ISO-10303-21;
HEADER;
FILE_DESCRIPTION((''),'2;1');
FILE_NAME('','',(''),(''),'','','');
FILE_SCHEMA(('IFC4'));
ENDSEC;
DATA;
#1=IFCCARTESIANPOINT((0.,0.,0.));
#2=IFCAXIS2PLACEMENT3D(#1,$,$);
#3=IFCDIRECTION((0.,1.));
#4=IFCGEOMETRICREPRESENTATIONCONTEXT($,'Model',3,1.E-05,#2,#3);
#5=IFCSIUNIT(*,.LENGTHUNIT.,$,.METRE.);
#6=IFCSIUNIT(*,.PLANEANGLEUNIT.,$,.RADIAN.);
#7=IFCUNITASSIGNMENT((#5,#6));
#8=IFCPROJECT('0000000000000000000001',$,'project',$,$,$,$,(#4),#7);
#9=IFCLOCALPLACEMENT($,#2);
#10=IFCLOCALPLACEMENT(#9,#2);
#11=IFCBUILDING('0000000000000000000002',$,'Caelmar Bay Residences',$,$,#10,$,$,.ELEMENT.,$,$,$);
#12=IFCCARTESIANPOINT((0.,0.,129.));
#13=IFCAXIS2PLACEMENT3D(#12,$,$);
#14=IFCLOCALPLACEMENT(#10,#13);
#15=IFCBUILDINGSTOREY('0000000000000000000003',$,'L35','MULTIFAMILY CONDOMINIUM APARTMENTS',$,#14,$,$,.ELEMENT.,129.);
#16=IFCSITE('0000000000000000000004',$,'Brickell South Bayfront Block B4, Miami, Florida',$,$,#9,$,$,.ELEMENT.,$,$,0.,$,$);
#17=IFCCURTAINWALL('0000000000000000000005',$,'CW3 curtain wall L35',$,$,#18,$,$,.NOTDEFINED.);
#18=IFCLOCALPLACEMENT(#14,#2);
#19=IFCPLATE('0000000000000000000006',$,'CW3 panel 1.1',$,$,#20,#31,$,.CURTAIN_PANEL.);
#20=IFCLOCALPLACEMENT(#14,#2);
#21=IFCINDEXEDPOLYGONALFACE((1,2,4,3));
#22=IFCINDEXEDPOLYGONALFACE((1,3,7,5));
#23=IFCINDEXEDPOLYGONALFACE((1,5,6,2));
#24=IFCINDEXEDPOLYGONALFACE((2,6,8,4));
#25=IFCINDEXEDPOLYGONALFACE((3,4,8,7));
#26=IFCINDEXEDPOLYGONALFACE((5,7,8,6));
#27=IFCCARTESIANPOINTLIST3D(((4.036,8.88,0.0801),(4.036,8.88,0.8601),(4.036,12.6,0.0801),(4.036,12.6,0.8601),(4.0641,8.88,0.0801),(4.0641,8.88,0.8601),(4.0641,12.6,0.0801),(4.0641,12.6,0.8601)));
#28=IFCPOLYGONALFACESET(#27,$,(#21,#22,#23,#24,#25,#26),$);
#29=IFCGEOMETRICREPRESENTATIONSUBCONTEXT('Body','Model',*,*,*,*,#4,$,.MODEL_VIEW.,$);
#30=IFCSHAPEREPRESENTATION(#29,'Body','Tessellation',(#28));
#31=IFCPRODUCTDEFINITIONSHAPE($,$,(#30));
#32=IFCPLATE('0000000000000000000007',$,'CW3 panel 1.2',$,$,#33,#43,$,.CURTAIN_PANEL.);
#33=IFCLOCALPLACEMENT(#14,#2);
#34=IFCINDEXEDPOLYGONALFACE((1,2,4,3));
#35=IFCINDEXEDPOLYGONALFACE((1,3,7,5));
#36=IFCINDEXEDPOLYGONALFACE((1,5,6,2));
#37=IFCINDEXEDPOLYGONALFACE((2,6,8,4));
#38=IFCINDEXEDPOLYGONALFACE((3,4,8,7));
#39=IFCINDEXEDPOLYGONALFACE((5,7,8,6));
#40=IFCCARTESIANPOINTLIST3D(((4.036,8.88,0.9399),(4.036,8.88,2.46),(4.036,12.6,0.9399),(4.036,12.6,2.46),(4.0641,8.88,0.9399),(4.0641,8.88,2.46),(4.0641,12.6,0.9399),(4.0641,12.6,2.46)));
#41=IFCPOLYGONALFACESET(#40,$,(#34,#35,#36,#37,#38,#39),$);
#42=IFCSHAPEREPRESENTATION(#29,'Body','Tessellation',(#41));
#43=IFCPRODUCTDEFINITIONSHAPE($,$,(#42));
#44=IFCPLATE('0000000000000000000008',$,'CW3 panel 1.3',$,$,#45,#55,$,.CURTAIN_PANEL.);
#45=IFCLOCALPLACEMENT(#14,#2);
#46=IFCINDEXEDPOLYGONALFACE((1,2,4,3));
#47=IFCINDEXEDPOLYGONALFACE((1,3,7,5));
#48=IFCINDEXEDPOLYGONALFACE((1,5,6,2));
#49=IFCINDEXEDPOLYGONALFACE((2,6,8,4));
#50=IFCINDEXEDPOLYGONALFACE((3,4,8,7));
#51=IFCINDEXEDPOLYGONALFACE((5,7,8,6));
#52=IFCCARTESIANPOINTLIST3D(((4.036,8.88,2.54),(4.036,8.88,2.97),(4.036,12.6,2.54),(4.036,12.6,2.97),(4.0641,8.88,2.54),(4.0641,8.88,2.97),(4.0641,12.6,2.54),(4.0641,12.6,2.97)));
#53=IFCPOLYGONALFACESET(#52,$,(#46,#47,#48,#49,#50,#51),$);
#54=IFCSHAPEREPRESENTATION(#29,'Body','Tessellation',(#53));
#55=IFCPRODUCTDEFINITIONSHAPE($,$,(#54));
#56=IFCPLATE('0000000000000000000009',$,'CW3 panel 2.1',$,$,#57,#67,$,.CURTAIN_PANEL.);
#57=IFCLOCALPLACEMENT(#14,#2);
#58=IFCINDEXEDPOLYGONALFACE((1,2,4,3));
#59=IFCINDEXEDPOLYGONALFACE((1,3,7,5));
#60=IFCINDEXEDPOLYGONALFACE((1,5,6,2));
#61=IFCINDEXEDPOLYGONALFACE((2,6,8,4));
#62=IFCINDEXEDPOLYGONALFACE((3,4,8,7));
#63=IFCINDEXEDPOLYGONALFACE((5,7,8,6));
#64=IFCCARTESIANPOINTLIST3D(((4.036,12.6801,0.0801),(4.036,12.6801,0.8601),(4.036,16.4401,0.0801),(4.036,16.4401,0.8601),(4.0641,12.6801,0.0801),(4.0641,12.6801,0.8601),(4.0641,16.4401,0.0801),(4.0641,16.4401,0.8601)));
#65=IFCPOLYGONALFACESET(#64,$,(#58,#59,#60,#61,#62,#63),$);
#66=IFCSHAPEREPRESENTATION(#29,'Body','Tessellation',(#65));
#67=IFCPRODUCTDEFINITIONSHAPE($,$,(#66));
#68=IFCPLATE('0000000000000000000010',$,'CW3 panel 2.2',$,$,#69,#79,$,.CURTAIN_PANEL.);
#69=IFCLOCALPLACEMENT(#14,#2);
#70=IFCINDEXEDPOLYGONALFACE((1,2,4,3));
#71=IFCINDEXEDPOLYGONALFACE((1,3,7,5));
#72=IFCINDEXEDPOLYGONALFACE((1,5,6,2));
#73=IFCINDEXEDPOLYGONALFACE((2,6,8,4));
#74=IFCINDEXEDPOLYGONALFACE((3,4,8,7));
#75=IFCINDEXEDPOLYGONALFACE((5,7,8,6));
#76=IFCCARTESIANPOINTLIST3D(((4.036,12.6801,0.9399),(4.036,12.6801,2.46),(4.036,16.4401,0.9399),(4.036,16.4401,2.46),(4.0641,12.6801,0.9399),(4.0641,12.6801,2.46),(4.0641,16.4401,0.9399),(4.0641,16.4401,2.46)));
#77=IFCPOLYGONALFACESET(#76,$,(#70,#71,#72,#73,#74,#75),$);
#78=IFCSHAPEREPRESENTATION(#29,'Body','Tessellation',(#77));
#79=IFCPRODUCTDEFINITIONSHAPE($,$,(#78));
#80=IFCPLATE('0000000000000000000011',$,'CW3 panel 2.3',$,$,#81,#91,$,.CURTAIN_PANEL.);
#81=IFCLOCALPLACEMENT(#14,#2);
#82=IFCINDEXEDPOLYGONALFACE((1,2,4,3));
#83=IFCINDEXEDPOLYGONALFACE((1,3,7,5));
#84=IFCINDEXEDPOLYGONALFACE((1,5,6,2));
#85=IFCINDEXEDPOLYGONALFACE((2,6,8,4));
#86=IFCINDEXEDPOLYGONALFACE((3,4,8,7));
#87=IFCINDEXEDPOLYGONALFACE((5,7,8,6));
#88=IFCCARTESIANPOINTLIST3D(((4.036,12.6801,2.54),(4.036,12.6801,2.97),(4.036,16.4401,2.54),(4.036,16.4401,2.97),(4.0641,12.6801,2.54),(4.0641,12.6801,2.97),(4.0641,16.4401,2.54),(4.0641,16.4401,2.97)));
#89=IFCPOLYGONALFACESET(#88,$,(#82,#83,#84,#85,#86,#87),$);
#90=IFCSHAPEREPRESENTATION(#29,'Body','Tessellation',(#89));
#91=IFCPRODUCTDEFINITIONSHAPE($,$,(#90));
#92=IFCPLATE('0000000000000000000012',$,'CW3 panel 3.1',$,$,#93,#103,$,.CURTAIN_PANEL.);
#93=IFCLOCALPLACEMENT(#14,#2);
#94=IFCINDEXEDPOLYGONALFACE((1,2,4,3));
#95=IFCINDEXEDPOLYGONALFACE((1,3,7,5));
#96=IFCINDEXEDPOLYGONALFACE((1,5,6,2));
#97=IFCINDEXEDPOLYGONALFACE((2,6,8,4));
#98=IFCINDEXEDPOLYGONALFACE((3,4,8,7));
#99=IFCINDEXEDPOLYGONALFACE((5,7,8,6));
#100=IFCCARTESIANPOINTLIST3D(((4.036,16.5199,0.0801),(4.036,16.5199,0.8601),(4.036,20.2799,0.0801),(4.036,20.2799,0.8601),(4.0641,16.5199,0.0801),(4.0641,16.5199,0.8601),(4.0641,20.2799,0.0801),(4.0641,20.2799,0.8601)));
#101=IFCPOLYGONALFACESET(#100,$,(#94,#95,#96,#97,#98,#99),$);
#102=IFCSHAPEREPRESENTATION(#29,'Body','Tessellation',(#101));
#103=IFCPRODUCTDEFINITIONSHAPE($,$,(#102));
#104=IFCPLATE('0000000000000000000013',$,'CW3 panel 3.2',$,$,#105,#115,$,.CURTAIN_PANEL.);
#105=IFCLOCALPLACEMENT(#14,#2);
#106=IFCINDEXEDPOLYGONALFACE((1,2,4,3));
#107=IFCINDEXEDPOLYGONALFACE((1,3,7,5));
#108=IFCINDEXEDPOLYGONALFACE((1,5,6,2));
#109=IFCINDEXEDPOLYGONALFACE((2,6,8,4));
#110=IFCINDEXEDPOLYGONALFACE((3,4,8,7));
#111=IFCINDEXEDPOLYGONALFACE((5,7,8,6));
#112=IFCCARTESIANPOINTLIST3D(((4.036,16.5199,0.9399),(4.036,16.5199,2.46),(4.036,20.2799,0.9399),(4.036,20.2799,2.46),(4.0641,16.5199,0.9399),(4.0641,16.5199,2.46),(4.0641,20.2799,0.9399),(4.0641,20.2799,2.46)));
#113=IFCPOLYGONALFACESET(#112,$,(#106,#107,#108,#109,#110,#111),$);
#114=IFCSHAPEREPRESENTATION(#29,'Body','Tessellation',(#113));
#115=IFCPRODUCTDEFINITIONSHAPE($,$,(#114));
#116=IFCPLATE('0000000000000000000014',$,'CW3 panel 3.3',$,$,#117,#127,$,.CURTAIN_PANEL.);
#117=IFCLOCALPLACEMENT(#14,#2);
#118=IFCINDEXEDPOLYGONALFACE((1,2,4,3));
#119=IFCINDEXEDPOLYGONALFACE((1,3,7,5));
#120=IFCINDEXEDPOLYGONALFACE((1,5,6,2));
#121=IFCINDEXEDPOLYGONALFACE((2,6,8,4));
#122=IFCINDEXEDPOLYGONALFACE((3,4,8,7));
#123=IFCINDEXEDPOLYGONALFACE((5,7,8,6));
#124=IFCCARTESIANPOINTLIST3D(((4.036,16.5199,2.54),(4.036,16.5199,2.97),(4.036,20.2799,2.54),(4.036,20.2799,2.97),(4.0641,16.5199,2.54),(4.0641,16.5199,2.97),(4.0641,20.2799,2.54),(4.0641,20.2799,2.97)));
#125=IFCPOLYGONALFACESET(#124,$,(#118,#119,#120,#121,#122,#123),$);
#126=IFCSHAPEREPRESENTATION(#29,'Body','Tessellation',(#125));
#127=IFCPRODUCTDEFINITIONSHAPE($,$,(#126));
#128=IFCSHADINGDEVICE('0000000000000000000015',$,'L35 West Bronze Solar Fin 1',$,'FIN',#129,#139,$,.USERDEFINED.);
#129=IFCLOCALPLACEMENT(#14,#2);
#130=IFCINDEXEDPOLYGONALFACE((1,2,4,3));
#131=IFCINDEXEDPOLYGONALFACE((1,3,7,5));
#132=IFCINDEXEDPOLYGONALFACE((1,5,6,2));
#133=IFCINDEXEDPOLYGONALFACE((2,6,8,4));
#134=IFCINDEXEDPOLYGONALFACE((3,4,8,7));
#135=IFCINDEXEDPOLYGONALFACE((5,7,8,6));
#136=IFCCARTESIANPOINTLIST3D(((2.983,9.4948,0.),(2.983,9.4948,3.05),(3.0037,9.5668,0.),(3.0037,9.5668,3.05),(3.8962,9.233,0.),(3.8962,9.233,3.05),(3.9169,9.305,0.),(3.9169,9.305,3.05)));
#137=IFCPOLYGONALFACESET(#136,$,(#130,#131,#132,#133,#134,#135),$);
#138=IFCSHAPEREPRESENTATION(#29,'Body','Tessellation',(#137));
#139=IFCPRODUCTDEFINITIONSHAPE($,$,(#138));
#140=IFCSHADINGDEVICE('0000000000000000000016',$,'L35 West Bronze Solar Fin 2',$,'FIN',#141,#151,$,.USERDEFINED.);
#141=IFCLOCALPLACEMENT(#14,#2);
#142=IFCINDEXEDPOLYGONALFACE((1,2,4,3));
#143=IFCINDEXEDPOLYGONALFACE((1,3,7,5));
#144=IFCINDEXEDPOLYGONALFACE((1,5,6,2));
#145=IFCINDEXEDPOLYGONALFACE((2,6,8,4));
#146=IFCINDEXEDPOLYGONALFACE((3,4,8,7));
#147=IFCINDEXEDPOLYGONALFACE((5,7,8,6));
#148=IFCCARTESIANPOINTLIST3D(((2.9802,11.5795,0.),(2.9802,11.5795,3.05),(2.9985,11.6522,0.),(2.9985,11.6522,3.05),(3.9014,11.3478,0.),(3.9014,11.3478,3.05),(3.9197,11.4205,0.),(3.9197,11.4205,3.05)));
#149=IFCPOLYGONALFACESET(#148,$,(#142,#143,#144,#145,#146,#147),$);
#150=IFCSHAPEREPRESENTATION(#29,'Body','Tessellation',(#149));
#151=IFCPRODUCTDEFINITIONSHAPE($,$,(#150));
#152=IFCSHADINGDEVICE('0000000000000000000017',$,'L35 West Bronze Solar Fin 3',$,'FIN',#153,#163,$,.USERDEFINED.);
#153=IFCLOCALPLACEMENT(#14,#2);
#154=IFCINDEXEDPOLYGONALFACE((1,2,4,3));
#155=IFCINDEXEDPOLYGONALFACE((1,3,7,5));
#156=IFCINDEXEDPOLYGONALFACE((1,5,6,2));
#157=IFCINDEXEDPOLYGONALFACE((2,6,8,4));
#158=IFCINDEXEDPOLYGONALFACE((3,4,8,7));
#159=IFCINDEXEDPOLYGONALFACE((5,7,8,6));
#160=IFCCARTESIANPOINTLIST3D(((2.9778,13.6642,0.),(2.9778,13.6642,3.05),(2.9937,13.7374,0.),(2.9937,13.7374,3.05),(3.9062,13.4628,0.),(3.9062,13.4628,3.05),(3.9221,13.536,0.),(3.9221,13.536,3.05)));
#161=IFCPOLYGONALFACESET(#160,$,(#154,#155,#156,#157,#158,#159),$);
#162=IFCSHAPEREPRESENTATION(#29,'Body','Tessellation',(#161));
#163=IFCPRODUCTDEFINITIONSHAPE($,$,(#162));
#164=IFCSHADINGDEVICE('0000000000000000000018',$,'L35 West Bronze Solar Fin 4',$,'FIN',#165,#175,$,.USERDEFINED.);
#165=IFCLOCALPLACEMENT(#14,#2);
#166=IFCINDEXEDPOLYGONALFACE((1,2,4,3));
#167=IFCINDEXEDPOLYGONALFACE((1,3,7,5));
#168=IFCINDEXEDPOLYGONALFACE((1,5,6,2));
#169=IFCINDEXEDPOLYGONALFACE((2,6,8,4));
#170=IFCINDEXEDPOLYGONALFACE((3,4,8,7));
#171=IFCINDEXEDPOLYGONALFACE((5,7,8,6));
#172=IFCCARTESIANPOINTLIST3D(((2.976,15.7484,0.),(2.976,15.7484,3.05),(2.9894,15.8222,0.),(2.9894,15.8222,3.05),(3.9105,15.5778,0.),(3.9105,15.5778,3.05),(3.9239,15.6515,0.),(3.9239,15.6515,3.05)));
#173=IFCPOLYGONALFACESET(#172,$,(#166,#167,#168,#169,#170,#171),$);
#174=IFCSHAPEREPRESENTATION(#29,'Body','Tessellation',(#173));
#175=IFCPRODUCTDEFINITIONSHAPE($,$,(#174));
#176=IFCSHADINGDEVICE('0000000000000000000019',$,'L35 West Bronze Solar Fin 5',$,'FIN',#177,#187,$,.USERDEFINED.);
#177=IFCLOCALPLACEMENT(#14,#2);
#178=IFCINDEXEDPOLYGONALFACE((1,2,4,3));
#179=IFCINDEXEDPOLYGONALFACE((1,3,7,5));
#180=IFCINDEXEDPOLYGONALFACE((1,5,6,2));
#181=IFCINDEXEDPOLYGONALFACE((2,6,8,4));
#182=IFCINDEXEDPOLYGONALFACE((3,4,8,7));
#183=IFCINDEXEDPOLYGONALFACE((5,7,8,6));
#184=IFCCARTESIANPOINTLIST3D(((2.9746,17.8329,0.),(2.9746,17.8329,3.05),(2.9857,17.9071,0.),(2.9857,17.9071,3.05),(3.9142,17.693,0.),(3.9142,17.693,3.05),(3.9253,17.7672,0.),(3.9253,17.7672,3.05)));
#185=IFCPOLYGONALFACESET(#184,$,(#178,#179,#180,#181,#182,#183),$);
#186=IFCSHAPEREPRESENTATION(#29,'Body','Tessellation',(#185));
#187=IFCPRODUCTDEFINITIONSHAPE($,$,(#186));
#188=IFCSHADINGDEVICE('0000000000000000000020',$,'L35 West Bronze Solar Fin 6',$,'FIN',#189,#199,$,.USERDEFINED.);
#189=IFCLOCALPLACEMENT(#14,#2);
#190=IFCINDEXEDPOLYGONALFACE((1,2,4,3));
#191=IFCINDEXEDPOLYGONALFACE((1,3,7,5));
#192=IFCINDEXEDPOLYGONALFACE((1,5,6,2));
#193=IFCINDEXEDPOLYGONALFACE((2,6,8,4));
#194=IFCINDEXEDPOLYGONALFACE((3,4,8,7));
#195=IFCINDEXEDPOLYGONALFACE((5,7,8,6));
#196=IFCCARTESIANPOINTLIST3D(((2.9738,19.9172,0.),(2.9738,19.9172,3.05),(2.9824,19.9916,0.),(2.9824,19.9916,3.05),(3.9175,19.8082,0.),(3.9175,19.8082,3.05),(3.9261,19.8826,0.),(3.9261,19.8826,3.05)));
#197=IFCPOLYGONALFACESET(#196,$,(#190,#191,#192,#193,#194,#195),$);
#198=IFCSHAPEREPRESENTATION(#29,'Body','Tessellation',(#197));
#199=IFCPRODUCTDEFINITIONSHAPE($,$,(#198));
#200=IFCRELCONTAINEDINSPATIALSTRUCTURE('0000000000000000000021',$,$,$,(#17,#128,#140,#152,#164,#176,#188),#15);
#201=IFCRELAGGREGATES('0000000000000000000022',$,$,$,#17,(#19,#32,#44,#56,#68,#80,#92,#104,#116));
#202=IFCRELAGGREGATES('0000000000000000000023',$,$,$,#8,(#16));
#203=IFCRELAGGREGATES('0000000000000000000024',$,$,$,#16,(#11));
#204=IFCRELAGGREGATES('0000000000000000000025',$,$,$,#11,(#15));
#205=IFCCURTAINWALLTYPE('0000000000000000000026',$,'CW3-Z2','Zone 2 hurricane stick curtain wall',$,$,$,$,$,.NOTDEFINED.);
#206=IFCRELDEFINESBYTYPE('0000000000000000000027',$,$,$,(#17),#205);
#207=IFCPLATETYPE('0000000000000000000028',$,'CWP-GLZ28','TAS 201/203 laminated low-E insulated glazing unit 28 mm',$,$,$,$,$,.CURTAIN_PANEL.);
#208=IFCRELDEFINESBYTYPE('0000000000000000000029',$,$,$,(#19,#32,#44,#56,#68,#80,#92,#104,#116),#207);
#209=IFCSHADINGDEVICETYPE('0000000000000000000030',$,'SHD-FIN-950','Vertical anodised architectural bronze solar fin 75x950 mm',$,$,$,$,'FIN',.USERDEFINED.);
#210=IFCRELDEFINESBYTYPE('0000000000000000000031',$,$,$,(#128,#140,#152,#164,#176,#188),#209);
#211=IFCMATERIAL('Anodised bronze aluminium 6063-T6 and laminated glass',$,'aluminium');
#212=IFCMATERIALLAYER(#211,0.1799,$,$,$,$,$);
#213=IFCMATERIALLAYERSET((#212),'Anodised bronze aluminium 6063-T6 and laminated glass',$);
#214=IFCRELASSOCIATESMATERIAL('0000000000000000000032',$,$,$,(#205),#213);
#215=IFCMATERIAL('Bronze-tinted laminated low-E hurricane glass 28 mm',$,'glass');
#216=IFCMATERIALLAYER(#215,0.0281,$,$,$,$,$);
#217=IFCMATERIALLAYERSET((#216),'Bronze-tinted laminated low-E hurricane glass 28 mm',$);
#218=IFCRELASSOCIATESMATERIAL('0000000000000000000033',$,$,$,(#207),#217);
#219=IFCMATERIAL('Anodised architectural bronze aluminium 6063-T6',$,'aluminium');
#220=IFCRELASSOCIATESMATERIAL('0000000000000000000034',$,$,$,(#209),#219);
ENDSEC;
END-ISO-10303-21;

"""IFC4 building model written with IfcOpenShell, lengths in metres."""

from ifc_helpers import new_model, si_unit, direction, frame, origin, origin_2d, place, context, subcontext, project, spatial, rectangle, extrude, material, layer, layer_set, material_profile, profile_set, type_object, element, aggregate, save


model = new_model("IFC4")

# Units and contexts
model_context = context("Model", 3, precision=1e-05, world=origin(), true_north=direction((0.0, 1.0)))
body_context = subcontext(model_context, "Body", "Model", "MODEL_VIEW")
ifc_project = project(units=[si_unit("LENGTHUNIT", "METRE"), si_unit("PLANEANGLEUNIT", "RADIAN")], contexts=[model_context])

# Site, building, storey
site_placement = place(None, origin())
site = spatial("IfcSite", under=ifc_project, at=site_placement, Name="Brickell South Bayfront Block B4, Miami, Florida", CompositionType="ELEMENT", RefElevation=0.0)
building_placement = place(site_placement, origin())
building = spatial("IfcBuilding", under=site, at=building_placement, Name="Caelmar Bay Residences", CompositionType="ELEMENT")
storey_placement = place(building_placement, frame((0.0, 0.0, 129.0)))
storey = spatial("IfcBuildingStorey", under=building, at=storey_placement, Name="L35", Description="MULTIFAMILY CONDOMINIUM APARTMENTS", CompositionType="ELEMENT", Elevation=129.0)

# Curtain wall, plates
ifc_material_1 = material(Name="Anodised bronze aluminium 6063-T6 and laminated glass", Category="aluminium")
ifc_layer_1 = layer(ifc_material_1, 0.1799)
ifc_layer_set_1 = layer_set([ifc_layer_1], Name="Anodised bronze aluminium 6063-T6 and laminated glass")
curtain_wall_type = type_object("IfcCurtainWallType", Name="CW3-Z2", Description="Zone 2 hurricane stick curtain wall", PredefinedType="NOTDEFINED", material=ifc_layer_set_1)
curtain_wall_placement = place(storey_placement, origin())
curtain_wall = element("IfcCurtainWall", 1, at=curtain_wall_placement, inside=storey, type_object=curtain_wall_type, Name="CW3 curtain wall L35", PredefinedType="NOTDEFINED")
ifc_material_2 = material(Name="Bronze-tinted laminated low-E hurricane glass 28 mm", Category="glass")
ifc_layer_2 = layer(ifc_material_2, 0.0281)
ifc_layer_set_2 = layer_set([ifc_layer_2], Name="Bronze-tinted laminated low-E hurricane glass 28 mm")
plate_type = type_object("IfcPlateType", Name="CWP-GLZ28", Description="TAS 201/203 laminated low-E insulated glazing unit 28 mm", PredefinedType="CURTAIN_PANEL", material=ifc_layer_set_2)
plate_1_placement = place(storey_placement, frame((4.05, 10.74, 0.0801), z_axis=(0.0, 0.0, 1.0), x_axis=(0.0, 1.0, 0.0)))
plate_1 = element("IfcPlate", 2, at=plate_1_placement, type_object=plate_type, Name="CW3 panel 1.1", PredefinedType="CURTAIN_PANEL", context=body_context, shape_type="SweptSolid", body=[
    extrude(rectangle(XDim=3.72, YDim=0.0281, at=origin_2d()), origin(), (0.0, 0.0, 1.0), 0.78),
])
plate_2_placement = place(storey_placement, frame((4.05, 10.74, 0.9399), z_axis=(0.0, 0.0, 1.0), x_axis=(0.0, 1.0, 0.0)))
plate_2 = element("IfcPlate", 3, at=plate_2_placement, type_object=plate_type, Name="CW3 panel 1.2", PredefinedType="CURTAIN_PANEL", context=body_context, shape_type="SweptSolid", body=[
    extrude(rectangle(XDim=3.72, YDim=0.0281, at=origin_2d()), origin(), (0.0, 0.0, 1.0), 1.52),
])
plate_3_placement = place(storey_placement, frame((4.05, 10.74, 2.54), z_axis=(0.0, 0.0, 1.0), x_axis=(0.0, 1.0, 0.0)))
plate_3 = element("IfcPlate", 4, at=plate_3_placement, type_object=plate_type, Name="CW3 panel 1.3", PredefinedType="CURTAIN_PANEL", context=body_context, shape_type="SweptSolid", body=[
    extrude(rectangle(XDim=3.72, YDim=0.0281, at=origin_2d()), origin(), (0.0, 0.0, 1.0), 0.4299),
])
plate_4_placement = place(storey_placement, frame((4.05, 14.5601, 0.0801), z_axis=(0.0, 0.0, 1.0), x_axis=(0.0, 1.0, 0.0)))
plate_4 = element("IfcPlate", 5, at=plate_4_placement, type_object=plate_type, Name="CW3 panel 2.1", PredefinedType="CURTAIN_PANEL", context=body_context, shape_type="SweptSolid", body=[
    extrude(rectangle(XDim=3.76, YDim=0.0281, at=origin_2d()), origin(), (0.0, 0.0, 1.0), 0.78),
])
plate_5_placement = place(storey_placement, frame((4.05, 14.5601, 0.9399), z_axis=(0.0, 0.0, 1.0), x_axis=(0.0, 1.0, 0.0)))
plate_5 = element("IfcPlate", 6, at=plate_5_placement, type_object=plate_type, Name="CW3 panel 2.2", PredefinedType="CURTAIN_PANEL", context=body_context, shape_type="SweptSolid", body=[
    extrude(rectangle(XDim=3.76, YDim=0.0281, at=origin_2d()), origin(), (0.0, 0.0, 1.0), 1.52),
])
plate_6_placement = place(storey_placement, frame((4.05, 14.5601, 2.54), z_axis=(0.0, 0.0, 1.0), x_axis=(0.0, 1.0, 0.0)))
plate_6 = element("IfcPlate", 7, at=plate_6_placement, type_object=plate_type, Name="CW3 panel 2.3", PredefinedType="CURTAIN_PANEL", context=body_context, shape_type="SweptSolid", body=[
    extrude(rectangle(XDim=3.76, YDim=0.0281, at=origin_2d()), origin(), (0.0, 0.0, 1.0), 0.4299),
])
plate_7_placement = place(storey_placement, frame((4.05, 18.3999, 0.0801), z_axis=(0.0, 0.0, 1.0), x_axis=(0.0, 1.0, 0.0)))
plate_7 = element("IfcPlate", 8, at=plate_7_placement, type_object=plate_type, Name="CW3 panel 3.1", PredefinedType="CURTAIN_PANEL", context=body_context, shape_type="SweptSolid", body=[
    extrude(rectangle(XDim=3.76, YDim=0.0281, at=origin_2d()), origin(), (0.0, 0.0, 1.0), 0.78),
])
plate_8_placement = place(storey_placement, frame((4.05, 18.3999, 0.9399), z_axis=(0.0, 0.0, 1.0), x_axis=(0.0, 1.0, 0.0)))
plate_8 = element("IfcPlate", 9, at=plate_8_placement, type_object=plate_type, Name="CW3 panel 3.2", PredefinedType="CURTAIN_PANEL", context=body_context, shape_type="SweptSolid", body=[
    extrude(rectangle(XDim=3.76, YDim=0.0281, at=origin_2d()), origin(), (0.0, 0.0, 1.0), 1.52),
])
plate_9_placement = place(storey_placement, frame((4.05, 18.3999, 2.54), z_axis=(0.0, 0.0, 1.0), x_axis=(0.0, 1.0, 0.0)))
plate_9 = element("IfcPlate", 10, at=plate_9_placement, type_object=plate_type, Name="CW3 panel 3.3", PredefinedType="CURTAIN_PANEL", context=body_context, shape_type="SweptSolid", body=[
    extrude(rectangle(XDim=3.76, YDim=0.0281, at=origin_2d()), origin(), (0.0, 0.0, 1.0), 0.4299),
])
aggregate(curtain_wall, [plate_1, plate_2, plate_3, plate_4, plate_5, plate_6, plate_7, plate_8, plate_9])

# Shading devices
ifc_material_3 = material(Name="Anodised architectural bronze aluminium 6063-T6", Category="aluminium")
ifc_material_profile_1 = material_profile(ifc_material_3, rectangle(XDim=0.075, YDim=0.95, at=origin_2d()), Name="BRONZE-FIN-75X950")
ifc_profile_set_1 = profile_set([ifc_material_profile_1], Name="Anodised architectural bronze aluminium 6063-T6")
shading_device_type = type_object("IfcShadingDeviceType", Name="SHD-FIN-950", Description="Vertical anodised architectural bronze solar fin 75x950 mm", ElementType="FIN", PredefinedType="USERDEFINED", material=ifc_profile_set_1)
for number, where, z_axis, x_axis, name in (
    (11, (3.45, 9.3999, 0.0), (0.0, 0.0, 1.0), (0.275637, 0.961262, 0.0), "L35 West Bronze Solar Fin 1"),
    (12, (3.45, 11.5, 0.0), (0.0, 0.0, 1.0), (0.243954, 0.969787, 0.0), "L35 West Bronze Solar Fin 2"),
    (13, (3.45, 13.6001, 0.0), (0.0, 0.0, 1.0), (0.212007, 0.977268, 0.0), "L35 West Bronze Solar Fin 3"),
    (14, (3.45, 15.7, 0.0), (0.0, 0.0, 1.0), (0.179661, 0.983729, 0.0), "L35 West Bronze Solar Fin 4"),
    (15, (3.45, 17.8, 0.0), (0.0, 0.0, 1.0), (0.147292, 0.989093, 0.0), "L35 West Bronze Solar Fin 5"),
    (16, (3.45, 19.8999, 0.0), (0.0, 0.0, 1.0), (0.114764, 0.993393, 0.0), "L35 West Bronze Solar Fin 6"),
):
    element("IfcShadingDevice", number, at=place(storey_placement, frame(where, z_axis=z_axis, x_axis=x_axis)), inside=storey, type_object=shading_device_type, Name=name, ObjectType="FIN", PredefinedType="USERDEFINED", context=body_context, shape_type="SweptSolid", body=[
        extrude(rectangle(XDim=0.075, YDim=0.95, at=origin_2d()), origin(), (0.0, 0.0, 1.0), 3.05),
    ])

save(model, "model.ifc")
